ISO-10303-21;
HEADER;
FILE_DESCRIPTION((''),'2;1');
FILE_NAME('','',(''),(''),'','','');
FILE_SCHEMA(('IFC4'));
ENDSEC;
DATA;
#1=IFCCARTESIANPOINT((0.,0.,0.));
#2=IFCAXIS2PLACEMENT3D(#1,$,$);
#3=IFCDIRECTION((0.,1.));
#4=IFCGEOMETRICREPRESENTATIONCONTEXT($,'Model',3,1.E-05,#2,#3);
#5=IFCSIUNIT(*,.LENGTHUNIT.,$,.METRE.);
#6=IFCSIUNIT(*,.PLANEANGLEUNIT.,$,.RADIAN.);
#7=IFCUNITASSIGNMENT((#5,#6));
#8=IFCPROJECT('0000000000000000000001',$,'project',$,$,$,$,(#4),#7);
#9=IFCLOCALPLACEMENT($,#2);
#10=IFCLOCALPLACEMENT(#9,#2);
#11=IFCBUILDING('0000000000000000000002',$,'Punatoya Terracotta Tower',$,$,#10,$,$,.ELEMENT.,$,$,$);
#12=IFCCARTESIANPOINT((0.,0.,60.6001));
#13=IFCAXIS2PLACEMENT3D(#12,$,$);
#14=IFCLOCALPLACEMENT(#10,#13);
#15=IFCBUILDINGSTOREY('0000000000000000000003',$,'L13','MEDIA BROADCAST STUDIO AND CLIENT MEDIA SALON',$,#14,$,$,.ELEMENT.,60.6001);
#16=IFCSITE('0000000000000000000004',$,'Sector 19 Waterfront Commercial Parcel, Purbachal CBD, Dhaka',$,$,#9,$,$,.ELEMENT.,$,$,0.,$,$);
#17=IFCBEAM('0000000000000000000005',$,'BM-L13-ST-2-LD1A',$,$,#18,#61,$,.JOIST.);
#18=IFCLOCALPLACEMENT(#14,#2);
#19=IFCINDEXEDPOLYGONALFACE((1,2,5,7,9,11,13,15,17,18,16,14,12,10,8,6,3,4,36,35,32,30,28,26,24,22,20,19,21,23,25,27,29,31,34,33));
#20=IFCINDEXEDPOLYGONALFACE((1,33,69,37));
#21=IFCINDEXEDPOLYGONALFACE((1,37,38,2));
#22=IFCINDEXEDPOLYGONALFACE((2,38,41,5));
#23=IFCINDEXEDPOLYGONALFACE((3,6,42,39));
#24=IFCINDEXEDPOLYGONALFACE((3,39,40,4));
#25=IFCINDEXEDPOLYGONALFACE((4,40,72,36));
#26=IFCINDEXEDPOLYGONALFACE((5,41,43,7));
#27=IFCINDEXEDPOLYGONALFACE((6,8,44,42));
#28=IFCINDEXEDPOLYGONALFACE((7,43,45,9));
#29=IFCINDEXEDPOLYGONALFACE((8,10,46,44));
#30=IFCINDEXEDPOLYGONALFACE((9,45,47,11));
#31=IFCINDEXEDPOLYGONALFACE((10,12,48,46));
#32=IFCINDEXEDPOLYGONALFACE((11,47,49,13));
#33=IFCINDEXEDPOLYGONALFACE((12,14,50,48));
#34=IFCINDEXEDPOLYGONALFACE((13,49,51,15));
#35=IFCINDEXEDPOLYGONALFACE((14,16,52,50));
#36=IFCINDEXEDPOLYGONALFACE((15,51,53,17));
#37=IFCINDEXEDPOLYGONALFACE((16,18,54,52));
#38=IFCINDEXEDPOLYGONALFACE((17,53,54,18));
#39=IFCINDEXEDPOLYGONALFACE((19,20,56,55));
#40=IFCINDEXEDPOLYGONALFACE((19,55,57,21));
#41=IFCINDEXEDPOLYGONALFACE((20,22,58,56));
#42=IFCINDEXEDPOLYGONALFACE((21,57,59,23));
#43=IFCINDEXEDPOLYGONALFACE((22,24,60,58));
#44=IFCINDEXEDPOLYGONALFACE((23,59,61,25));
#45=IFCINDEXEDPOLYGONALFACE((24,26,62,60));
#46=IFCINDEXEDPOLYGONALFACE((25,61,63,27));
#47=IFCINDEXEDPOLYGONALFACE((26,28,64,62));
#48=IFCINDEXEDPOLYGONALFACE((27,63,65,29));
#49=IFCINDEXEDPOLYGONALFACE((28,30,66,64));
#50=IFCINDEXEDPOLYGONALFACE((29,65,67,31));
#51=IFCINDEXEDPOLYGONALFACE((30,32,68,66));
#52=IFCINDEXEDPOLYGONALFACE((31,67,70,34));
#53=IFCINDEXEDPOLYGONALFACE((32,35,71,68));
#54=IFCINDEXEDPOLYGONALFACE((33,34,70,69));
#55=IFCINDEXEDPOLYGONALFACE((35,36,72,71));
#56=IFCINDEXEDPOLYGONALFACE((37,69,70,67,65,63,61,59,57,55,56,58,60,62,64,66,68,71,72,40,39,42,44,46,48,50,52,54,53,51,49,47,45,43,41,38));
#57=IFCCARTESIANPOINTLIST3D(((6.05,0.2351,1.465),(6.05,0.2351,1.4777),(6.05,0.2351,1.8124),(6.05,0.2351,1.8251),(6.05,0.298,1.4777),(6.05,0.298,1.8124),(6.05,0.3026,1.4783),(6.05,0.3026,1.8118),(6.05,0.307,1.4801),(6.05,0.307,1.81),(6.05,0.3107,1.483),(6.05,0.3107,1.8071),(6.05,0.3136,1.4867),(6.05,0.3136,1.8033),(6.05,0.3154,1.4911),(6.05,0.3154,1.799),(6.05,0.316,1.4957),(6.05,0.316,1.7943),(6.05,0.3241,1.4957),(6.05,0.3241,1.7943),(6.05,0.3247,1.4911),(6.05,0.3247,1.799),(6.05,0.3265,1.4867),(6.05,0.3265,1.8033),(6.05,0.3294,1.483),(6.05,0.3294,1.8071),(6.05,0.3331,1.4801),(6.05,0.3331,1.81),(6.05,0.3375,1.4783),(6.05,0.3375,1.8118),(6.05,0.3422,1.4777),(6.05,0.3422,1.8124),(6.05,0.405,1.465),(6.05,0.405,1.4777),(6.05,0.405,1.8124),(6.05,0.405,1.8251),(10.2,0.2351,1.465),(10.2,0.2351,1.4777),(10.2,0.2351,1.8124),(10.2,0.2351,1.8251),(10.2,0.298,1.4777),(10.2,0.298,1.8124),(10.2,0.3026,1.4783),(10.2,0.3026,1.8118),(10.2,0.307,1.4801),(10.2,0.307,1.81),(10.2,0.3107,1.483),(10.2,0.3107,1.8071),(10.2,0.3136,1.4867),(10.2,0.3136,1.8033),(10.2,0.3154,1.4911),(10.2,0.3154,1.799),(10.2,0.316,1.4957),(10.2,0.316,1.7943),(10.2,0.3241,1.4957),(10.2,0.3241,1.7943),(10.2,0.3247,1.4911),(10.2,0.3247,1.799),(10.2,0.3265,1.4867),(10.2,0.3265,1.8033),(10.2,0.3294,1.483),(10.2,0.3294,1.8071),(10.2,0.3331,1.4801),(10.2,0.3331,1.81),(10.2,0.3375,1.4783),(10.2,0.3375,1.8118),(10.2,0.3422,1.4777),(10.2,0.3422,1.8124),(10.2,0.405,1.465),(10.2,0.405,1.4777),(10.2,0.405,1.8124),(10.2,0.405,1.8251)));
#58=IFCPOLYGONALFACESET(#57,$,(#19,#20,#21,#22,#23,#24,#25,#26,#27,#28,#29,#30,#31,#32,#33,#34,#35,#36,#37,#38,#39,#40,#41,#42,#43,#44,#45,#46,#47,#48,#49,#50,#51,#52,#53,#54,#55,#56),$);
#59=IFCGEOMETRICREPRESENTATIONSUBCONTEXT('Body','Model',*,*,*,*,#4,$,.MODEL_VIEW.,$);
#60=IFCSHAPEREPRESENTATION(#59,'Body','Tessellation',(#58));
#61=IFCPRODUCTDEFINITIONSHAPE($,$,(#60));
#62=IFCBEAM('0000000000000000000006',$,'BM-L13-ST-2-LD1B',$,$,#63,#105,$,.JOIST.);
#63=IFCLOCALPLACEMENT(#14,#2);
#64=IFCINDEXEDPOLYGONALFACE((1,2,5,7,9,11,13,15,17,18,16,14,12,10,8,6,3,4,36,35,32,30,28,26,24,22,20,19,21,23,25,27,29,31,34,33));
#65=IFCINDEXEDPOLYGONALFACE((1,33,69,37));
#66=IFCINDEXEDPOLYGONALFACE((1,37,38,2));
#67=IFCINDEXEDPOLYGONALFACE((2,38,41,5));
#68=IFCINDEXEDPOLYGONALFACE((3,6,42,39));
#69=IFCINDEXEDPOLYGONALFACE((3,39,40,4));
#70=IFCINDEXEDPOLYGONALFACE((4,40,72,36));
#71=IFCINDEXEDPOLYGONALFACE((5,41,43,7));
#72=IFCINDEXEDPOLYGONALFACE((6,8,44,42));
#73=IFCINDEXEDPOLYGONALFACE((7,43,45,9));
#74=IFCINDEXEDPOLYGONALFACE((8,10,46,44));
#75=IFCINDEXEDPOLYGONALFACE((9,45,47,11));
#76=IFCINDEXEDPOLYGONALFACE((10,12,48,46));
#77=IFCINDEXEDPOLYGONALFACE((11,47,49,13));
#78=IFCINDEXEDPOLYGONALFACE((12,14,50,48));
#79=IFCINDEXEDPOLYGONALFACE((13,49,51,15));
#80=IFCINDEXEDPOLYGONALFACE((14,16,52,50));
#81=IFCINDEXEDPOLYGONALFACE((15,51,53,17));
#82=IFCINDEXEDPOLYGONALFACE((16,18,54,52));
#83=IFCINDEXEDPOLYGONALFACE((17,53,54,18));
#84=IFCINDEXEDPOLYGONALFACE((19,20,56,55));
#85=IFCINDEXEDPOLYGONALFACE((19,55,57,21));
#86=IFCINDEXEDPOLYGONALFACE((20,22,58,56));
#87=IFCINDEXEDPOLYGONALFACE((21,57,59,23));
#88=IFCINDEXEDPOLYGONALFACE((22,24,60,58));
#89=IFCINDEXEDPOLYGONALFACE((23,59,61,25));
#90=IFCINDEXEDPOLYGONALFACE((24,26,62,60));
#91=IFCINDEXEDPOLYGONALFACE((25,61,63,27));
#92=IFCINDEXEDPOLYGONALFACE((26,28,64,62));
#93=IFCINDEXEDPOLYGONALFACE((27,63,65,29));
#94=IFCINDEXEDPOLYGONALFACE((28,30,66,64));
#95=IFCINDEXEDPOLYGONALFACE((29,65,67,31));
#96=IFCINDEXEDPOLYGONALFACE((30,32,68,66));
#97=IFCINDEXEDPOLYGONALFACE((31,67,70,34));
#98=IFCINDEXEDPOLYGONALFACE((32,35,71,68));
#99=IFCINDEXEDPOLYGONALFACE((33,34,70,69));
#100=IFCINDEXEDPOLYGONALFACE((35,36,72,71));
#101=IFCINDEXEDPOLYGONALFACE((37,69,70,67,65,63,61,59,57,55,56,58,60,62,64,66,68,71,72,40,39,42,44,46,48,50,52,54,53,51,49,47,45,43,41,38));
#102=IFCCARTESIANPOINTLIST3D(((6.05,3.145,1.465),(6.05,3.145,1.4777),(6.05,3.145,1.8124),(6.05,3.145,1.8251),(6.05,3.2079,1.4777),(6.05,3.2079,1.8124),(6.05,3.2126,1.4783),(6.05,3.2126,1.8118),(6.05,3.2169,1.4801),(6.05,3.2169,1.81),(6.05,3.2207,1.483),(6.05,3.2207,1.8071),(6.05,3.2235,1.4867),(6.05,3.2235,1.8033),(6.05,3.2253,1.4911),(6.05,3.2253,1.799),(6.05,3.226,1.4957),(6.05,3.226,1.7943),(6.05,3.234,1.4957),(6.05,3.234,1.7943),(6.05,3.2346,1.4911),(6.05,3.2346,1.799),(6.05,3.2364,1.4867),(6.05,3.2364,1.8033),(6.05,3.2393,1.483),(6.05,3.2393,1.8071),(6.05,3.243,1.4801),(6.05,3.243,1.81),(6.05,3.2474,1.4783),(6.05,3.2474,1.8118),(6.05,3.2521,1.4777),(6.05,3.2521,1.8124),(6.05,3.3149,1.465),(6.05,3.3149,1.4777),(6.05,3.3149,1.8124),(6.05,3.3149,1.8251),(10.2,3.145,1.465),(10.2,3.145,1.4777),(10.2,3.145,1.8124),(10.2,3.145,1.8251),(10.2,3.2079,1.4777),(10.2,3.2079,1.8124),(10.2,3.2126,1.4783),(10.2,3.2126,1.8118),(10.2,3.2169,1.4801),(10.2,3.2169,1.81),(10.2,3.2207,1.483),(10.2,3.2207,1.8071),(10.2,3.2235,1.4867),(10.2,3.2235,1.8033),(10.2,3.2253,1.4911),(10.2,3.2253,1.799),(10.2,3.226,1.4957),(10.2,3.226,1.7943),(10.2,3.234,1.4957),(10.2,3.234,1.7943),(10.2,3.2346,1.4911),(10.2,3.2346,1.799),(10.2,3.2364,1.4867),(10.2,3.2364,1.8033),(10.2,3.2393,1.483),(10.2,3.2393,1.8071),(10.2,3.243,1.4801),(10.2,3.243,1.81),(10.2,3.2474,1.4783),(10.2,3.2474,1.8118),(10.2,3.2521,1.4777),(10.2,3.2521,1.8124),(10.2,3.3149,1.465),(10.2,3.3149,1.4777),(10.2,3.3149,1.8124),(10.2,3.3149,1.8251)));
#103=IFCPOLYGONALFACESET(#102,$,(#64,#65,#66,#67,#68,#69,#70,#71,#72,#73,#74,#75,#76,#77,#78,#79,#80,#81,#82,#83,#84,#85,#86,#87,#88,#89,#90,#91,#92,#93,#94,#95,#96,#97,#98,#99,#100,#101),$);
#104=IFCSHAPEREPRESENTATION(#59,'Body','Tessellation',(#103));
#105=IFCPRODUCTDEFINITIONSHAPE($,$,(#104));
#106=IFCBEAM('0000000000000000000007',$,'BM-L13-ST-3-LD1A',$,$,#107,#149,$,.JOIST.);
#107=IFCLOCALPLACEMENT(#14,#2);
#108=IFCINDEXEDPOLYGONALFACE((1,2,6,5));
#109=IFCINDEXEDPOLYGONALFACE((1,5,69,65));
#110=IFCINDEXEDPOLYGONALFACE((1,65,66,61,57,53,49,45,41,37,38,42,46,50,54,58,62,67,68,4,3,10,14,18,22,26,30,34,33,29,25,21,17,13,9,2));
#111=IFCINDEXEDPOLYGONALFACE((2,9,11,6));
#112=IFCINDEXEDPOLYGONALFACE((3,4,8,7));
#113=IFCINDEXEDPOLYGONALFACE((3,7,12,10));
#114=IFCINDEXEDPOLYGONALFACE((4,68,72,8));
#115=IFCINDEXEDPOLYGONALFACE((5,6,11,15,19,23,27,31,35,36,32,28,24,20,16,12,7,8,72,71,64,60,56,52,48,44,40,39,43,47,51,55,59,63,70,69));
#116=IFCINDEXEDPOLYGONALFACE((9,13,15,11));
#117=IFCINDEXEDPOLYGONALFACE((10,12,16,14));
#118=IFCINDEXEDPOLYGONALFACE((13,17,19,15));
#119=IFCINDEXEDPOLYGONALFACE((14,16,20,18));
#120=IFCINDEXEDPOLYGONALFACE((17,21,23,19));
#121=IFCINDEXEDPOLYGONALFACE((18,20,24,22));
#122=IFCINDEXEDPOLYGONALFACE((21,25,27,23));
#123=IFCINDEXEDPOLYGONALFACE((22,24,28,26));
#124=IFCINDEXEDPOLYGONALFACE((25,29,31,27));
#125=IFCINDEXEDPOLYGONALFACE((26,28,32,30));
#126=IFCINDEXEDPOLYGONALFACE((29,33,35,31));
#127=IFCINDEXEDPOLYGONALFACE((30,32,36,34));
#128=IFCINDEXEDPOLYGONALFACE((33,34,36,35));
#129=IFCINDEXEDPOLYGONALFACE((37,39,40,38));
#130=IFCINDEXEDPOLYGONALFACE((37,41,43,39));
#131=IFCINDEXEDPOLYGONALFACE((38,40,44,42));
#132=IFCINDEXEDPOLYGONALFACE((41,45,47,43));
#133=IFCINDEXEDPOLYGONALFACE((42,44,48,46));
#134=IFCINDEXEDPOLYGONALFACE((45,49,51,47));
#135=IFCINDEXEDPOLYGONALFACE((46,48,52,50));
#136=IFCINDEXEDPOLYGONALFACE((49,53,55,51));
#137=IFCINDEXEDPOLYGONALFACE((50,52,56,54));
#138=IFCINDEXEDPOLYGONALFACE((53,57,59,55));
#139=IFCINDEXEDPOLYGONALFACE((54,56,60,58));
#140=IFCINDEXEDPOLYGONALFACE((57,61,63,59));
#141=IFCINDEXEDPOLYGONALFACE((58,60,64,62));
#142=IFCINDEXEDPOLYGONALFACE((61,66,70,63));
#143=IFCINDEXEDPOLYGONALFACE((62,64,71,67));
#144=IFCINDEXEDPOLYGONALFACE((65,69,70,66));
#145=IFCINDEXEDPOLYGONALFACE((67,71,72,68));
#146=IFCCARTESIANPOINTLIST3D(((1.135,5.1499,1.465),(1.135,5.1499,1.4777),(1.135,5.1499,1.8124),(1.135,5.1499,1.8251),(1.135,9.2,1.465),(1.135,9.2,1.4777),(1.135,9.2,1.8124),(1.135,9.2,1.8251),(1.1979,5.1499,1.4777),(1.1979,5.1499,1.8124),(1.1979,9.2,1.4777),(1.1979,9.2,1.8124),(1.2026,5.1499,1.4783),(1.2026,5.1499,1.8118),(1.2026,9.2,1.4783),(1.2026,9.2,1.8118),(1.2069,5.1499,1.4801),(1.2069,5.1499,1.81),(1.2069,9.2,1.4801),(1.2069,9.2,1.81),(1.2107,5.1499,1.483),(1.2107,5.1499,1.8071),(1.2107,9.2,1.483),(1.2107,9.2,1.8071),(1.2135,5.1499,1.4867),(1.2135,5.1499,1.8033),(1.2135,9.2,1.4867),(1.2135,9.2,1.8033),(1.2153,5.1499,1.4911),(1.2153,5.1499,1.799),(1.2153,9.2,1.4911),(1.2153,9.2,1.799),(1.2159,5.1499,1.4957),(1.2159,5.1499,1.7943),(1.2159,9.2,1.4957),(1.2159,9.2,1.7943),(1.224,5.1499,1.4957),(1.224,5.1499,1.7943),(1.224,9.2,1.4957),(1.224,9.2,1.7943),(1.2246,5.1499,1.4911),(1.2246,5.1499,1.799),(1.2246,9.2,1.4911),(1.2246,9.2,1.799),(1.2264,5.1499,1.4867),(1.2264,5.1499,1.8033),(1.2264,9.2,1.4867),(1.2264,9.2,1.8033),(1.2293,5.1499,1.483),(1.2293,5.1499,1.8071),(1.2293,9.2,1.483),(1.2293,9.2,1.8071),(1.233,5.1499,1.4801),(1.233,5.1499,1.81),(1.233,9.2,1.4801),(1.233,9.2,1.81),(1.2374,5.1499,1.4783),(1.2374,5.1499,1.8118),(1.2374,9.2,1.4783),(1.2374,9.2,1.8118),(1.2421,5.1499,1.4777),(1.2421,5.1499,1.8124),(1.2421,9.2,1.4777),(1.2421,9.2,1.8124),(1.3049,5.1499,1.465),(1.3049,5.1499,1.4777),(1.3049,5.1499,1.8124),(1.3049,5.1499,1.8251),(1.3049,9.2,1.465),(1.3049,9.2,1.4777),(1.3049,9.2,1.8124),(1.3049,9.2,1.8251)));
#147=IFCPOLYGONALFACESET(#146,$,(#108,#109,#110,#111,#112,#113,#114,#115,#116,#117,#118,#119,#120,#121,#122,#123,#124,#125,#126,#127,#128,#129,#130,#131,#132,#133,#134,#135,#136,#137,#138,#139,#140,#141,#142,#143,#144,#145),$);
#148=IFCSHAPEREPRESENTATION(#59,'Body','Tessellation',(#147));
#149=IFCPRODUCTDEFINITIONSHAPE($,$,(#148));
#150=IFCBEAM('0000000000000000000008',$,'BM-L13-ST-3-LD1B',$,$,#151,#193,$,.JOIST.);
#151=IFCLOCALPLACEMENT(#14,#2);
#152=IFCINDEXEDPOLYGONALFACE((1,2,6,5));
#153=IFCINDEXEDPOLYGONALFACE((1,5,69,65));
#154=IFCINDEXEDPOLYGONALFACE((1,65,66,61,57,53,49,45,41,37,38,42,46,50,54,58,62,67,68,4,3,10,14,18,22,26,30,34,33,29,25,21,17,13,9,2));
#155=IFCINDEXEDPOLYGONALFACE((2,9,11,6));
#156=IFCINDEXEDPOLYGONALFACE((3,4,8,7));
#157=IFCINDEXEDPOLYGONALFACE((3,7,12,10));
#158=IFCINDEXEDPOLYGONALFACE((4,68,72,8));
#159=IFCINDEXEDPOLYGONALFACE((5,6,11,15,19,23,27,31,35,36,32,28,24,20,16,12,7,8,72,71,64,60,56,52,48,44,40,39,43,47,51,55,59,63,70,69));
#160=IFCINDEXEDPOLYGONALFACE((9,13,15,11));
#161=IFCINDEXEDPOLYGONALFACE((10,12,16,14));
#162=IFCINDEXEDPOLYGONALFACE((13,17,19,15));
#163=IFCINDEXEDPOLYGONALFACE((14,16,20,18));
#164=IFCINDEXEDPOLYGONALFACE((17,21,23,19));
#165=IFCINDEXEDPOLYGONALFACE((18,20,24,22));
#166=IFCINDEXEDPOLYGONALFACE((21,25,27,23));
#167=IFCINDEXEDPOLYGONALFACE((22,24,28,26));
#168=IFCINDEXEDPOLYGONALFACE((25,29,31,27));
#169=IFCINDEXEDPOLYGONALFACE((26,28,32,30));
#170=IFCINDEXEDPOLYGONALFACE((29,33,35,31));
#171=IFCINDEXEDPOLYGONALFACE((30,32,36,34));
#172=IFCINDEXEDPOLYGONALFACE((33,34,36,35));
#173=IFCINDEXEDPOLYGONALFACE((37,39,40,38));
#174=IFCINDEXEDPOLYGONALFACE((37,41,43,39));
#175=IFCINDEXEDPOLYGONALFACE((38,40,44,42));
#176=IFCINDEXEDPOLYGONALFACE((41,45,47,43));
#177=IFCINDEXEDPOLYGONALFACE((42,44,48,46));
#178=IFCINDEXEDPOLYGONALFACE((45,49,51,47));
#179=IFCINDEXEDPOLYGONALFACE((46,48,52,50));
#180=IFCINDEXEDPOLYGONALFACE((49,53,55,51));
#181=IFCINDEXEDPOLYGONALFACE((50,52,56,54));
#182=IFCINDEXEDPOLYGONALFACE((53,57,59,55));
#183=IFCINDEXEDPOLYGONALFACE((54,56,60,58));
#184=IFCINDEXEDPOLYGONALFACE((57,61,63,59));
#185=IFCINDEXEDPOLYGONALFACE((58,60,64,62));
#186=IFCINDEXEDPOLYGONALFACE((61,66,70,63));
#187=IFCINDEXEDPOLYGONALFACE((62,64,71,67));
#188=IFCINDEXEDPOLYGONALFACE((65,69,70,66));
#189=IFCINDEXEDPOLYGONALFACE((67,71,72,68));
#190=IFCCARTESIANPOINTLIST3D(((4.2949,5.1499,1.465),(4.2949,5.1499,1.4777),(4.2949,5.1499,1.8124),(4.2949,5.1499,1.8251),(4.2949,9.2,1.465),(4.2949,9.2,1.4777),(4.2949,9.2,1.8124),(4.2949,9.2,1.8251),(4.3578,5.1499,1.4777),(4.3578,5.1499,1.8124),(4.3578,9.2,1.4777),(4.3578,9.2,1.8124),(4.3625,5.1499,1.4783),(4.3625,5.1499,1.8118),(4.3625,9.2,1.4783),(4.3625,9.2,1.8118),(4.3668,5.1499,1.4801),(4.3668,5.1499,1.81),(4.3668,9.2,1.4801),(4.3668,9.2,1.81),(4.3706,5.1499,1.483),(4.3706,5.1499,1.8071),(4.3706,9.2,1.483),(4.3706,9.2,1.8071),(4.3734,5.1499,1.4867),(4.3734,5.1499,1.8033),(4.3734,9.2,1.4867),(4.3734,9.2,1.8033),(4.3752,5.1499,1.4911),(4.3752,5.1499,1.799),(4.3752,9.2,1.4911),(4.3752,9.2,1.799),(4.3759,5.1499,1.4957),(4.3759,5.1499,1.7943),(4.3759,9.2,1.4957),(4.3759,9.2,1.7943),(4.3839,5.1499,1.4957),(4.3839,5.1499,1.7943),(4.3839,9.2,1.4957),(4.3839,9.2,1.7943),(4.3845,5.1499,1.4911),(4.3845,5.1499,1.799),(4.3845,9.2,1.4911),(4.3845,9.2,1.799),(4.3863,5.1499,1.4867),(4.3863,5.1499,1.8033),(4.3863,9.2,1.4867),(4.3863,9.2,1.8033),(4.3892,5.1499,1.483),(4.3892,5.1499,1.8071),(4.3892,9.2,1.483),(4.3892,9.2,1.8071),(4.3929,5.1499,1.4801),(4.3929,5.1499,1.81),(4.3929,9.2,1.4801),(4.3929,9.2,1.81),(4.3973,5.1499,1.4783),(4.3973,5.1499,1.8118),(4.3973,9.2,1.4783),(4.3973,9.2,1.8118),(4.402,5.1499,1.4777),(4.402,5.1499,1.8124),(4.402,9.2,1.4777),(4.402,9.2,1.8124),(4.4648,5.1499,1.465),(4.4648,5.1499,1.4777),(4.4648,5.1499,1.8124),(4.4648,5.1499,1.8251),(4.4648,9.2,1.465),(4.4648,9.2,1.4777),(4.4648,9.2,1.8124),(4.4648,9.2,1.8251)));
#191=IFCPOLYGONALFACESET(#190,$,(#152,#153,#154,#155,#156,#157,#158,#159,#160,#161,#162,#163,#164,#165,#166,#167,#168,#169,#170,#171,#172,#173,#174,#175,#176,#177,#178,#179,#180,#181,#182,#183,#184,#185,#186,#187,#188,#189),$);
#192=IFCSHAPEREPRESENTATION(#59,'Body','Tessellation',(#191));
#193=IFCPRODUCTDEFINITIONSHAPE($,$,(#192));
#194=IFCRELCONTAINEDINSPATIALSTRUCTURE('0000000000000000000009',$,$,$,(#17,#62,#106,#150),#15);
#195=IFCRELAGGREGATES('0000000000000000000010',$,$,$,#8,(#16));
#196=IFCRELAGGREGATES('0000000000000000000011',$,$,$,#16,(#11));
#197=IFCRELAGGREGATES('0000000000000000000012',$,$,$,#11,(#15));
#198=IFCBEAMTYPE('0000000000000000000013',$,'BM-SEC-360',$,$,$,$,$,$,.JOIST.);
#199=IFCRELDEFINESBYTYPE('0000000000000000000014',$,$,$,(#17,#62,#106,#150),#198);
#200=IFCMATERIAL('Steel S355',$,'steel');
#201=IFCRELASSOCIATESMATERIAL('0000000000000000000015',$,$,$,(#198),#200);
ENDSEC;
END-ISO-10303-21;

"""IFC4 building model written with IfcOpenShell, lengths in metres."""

from ifc_helpers import new_model, si_unit, direction, frame, origin, origin_2d, place, context, subcontext, project, spatial, i_section, extrude, material, material_profile, profile_set, type_object, element, save


model = new_model("IFC4")

# Units and contexts
model_context = context("Model", 3, precision=1e-05, world=origin(), true_north=direction((0.0, 1.0)))
body_context = subcontext(model_context, "Body", "Model", "MODEL_VIEW")
ifc_project = project(units=[si_unit("LENGTHUNIT", "METRE"), si_unit("PLANEANGLEUNIT", "RADIAN")], contexts=[model_context])

# Site, building, storey
site_placement = place(None, origin())
site = spatial("IfcSite", under=ifc_project, at=site_placement, Name="Sector 19 Waterfront Commercial Parcel, Purbachal CBD, Dhaka", CompositionType="ELEMENT", RefElevation=0.0)
building_placement = place(site_placement, origin())
building = spatial("IfcBuilding", under=site, at=building_placement, Name="Punatoya Terracotta Tower", CompositionType="ELEMENT")
storey_placement = place(building_placement, frame((0.0, 0.0, 60.6001)))
storey = spatial("IfcBuildingStorey", under=building, at=storey_placement, Name="L13", Description="MEDIA BROADCAST STUDIO AND CLIENT MEDIA SALON", CompositionType="ELEMENT", Elevation=60.6001)

# Beams
ifc_material_1 = material(Name="Steel S355", Category="steel")
ifc_material_profile = material_profile(ifc_material_1, i_section(OverallWidth=0.1699, OverallDepth=0.3601, WebThickness=0.0081, FlangeThickness=0.0127, FilletRadius=0.0181, at=origin_2d()))
ifc_profile_set = profile_set([ifc_material_profile], Name="Steel S355")
beam_type = type_object("IfcBeamType", Name="BM-SEC-360", PredefinedType="JOIST", material=ifc_profile_set)
for number, where, z_axis, x_axis, name in (
    (1, (6.05, 0.3201, 1.645), (1.0, 0.0, 0.0), (0.0, 1.0, 0.0), "BM-L13-ST-2-LD1A"),
    (2, (6.05, 3.23, 1.645), (1.0, 0.0, 0.0), (0.0, 1.0, 0.0), "BM-L13-ST-2-LD1B"),
):
    element("IfcBeam", number, at=place(storey_placement, frame(where, z_axis=z_axis, x_axis=x_axis)), inside=storey, type_object=beam_type, Name=name, PredefinedType="JOIST", context=body_context, shape_type="SweptSolid", body=[
        extrude(i_section(OverallWidth=0.1699, OverallDepth=0.3601, WebThickness=0.0081, FlangeThickness=0.0127, FilletRadius=0.0181, at=origin_2d()), origin(), (0.0, 0.0, 1.0), 4.1499),
    ])
for number, where, z_axis, x_axis, name in (
    (3, (1.22, 5.1499, 1.645), (0.0, 1.0, 0.0), (-1.0, 0.0, 0.0), "BM-L13-ST-3-LD1A"),
    (4, (4.3799, 5.1499, 1.645), (0.0, 1.0, 0.0), (-1.0, 0.0, 0.0), "BM-L13-ST-3-LD1B"),
):
    element("IfcBeam", number, at=place(storey_placement, frame(where, z_axis=z_axis, x_axis=x_axis)), inside=storey, type_object=beam_type, Name=name, PredefinedType="JOIST", context=body_context, shape_type="SweptSolid", body=[
        extrude(i_section(OverallWidth=0.1699, OverallDepth=0.3601, WebThickness=0.0081, FlangeThickness=0.0127, FilletRadius=0.0181, at=origin_2d()), origin(), (0.0, 0.0, 1.0), 4.05),
    ])

save(model, "model.ifc")
